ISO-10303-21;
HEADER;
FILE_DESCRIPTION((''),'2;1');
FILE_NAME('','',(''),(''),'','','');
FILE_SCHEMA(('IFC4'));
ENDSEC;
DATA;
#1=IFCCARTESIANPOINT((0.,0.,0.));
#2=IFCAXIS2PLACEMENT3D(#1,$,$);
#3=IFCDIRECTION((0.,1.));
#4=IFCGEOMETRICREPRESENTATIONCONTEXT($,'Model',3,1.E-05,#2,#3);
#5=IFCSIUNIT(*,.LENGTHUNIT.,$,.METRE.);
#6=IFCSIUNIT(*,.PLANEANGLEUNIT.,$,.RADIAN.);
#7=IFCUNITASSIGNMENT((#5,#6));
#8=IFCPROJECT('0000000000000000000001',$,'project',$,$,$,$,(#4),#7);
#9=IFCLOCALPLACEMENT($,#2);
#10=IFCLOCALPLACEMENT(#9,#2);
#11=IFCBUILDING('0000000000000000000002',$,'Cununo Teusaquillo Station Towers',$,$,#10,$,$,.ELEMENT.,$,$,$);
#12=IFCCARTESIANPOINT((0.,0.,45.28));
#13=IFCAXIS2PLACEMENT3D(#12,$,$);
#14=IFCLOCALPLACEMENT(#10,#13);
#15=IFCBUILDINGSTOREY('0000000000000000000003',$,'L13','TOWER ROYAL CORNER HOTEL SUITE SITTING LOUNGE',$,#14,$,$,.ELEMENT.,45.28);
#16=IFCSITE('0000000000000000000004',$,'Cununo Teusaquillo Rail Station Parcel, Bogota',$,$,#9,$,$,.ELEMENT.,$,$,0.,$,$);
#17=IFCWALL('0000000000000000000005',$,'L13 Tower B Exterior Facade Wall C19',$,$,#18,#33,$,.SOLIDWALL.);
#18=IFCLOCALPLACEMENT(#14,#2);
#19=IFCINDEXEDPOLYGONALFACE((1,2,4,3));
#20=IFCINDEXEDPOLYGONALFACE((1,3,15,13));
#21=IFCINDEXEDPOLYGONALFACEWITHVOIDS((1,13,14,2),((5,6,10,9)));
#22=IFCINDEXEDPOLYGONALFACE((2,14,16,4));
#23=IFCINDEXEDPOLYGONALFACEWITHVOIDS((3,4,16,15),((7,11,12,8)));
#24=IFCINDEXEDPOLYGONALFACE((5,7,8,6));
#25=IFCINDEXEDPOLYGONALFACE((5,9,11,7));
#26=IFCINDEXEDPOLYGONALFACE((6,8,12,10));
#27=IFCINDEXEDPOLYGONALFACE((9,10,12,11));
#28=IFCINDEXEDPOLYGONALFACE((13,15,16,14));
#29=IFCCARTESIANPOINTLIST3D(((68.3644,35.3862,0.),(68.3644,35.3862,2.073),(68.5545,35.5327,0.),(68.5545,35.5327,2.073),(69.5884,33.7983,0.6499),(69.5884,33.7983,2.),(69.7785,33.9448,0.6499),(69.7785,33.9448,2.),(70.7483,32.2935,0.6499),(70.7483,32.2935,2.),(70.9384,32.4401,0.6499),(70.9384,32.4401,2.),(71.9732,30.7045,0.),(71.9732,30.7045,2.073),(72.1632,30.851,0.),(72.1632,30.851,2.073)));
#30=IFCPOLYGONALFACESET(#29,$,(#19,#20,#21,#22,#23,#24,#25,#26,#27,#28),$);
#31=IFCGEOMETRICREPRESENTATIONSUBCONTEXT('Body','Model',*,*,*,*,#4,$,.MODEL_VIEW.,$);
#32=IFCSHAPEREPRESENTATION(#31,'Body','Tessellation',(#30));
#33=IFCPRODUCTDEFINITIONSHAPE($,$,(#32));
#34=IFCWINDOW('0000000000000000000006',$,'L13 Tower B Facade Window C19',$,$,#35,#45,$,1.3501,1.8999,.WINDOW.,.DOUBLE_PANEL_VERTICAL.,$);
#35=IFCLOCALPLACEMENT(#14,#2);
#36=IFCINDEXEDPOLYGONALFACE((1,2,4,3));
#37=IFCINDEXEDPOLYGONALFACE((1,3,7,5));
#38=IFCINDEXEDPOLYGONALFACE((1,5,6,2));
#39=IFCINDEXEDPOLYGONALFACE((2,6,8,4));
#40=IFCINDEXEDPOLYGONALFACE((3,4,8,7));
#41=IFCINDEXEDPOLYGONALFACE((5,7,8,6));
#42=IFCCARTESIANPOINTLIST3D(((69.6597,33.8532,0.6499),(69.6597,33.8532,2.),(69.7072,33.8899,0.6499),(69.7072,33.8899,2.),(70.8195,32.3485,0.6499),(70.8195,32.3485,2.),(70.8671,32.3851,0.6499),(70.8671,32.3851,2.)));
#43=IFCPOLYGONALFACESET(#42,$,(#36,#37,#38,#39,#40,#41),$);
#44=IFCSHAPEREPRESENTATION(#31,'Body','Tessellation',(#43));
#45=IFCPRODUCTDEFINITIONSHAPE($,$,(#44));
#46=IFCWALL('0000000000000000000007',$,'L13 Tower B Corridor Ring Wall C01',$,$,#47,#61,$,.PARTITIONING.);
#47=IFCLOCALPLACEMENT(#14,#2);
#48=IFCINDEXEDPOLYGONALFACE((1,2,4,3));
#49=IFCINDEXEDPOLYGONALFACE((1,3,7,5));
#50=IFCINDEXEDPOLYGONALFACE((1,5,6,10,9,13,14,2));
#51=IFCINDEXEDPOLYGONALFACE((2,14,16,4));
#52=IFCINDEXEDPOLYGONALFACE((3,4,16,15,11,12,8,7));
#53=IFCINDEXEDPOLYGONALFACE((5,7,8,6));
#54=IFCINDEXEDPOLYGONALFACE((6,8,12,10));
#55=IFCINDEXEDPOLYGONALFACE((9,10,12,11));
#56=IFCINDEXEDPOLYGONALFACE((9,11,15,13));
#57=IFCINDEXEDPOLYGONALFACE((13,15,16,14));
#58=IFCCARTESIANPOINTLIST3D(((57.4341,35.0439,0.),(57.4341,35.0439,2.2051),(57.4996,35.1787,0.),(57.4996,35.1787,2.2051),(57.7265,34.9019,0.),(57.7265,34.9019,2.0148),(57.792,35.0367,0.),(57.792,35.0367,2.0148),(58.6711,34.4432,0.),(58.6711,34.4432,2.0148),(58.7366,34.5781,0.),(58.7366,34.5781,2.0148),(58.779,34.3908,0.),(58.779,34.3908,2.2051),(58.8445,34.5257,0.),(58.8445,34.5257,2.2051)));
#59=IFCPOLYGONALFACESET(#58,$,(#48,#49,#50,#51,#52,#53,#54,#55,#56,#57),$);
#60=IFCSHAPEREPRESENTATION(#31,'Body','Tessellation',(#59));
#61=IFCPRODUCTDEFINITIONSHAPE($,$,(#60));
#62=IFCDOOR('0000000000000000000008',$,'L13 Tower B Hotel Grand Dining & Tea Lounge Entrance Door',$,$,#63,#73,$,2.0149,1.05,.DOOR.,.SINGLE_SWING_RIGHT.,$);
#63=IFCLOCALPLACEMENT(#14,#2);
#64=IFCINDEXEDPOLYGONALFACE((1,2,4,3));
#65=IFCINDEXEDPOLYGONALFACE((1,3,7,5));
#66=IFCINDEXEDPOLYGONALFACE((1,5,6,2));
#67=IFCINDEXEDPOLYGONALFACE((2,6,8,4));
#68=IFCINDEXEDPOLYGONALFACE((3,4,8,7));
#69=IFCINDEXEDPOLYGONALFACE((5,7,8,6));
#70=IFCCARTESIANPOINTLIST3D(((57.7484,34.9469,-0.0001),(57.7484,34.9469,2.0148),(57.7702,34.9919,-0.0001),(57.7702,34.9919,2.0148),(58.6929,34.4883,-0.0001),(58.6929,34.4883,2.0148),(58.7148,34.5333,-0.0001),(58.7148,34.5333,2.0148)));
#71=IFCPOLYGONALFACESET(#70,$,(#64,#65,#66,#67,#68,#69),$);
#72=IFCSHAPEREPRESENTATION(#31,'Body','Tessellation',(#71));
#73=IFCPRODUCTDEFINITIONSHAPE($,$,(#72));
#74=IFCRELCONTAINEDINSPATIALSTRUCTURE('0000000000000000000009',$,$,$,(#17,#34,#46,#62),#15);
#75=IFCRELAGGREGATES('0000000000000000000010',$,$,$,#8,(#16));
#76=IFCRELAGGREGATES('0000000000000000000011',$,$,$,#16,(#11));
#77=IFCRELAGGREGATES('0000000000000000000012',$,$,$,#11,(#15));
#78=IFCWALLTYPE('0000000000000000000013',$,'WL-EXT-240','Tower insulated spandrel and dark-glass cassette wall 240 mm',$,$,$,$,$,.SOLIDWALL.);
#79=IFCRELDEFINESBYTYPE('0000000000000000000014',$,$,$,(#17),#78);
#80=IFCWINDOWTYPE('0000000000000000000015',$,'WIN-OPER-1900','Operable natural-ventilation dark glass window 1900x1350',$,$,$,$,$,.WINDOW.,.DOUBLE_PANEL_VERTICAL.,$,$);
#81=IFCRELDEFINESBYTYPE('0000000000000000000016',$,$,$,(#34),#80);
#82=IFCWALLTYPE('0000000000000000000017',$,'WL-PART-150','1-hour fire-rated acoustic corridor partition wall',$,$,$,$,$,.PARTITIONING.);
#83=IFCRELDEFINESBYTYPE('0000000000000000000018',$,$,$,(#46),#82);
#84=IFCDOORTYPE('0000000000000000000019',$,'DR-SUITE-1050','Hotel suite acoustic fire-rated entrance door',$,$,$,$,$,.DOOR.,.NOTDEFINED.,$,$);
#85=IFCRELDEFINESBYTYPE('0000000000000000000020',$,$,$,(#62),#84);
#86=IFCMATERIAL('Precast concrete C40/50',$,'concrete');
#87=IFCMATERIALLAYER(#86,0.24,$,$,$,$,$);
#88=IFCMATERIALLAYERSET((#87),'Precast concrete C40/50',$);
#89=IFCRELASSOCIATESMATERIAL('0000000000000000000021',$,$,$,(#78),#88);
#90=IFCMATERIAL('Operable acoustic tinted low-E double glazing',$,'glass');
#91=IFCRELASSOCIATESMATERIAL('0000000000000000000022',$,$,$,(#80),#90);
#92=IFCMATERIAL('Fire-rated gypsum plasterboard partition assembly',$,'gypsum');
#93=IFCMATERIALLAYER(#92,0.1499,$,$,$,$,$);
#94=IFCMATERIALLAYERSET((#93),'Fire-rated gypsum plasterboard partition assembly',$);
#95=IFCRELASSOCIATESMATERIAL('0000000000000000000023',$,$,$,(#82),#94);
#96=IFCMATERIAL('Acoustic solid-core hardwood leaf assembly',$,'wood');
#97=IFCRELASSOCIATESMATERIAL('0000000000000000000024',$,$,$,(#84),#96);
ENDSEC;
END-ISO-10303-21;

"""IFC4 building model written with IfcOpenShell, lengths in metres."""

from ifc_helpers import new_model, si_unit, direction, frame, frame_2d, origin, place, context, subcontext, project, spatial, rectangle, extrude, source, transform, mapped, material, layer, layer_set, type_object, element, fill, save


model = new_model("IFC4")

# Units and contexts
model_context = context("Model", 3, precision=1e-05, world=origin(), true_north=direction((0.0, 1.0)))
body_context = subcontext(model_context, "Body", "Model", "MODEL_VIEW")
ifc_project = project(units=[si_unit("LENGTHUNIT", "METRE"), si_unit("PLANEANGLEUNIT", "RADIAN")], contexts=[model_context])

# Site, building, storey
site_placement = place(None, origin())
site = spatial("IfcSite", under=ifc_project, at=site_placement, Name="Cununo Teusaquillo Rail Station Parcel, Bogota", CompositionType="ELEMENT", RefElevation=0.0)
building_placement = place(site_placement, origin())
building = spatial("IfcBuilding", under=site, at=building_placement, Name="Cununo Teusaquillo Station Towers", CompositionType="ELEMENT")
storey_placement = place(building_placement, frame((0.0, 0.0, 45.28)))
storey = spatial("IfcBuildingStorey", under=building, at=storey_placement, Name="L13", Description="TOWER ROYAL CORNER HOTEL SUITE SITTING LOUNGE", CompositionType="ELEMENT", Elevation=45.28)

# Shared definitions
ifc_material_1 = material(Name="Precast concrete C40/50", Category="concrete")
ifc_layer_1 = layer(ifc_material_1, 0.24)
ifc_layer_set_1 = layer_set([ifc_layer_1], Name="Precast concrete C40/50")
wall_type_1 = type_object("IfcWallType", Name="WL-EXT-240", Description="Tower insulated spandrel and dark-glass cassette wall 240 mm", PredefinedType="SOLIDWALL", material=ifc_layer_set_1)

# Wall, opening, window
wall_1_placement = place(storey_placement, frame((68.4595, 35.4595, 0.0), z_axis=(0.0, 0.0, 1.0), x_axis=(0.610495, -0.79202, 0.0)))
wall_1 = element("IfcWall", 1, at=wall_1_placement, inside=storey, type_object=wall_type_1, Name="L13 Tower B Exterior Facade Wall C19", PredefinedType="SOLIDWALL", context=body_context, shape_type="SweptSolid", body=[
    extrude(rectangle(XDim=5.9111, YDim=0.24, at=frame_2d((2.9556, 0.0))), origin(), (0.0, 0.0, 1.0), 2.073),
])
shared_shape_1 = source(origin(), body_context, "Body", "SweptSolid", [
    extrude(rectangle(XDim=1.8999, YDim=1.3501, at=frame_2d((0.95, 0.675))), frame((0.0, 0.1299, 0.0), z_axis=(0.0, -1.0, 0.0), x_axis=(1.0, 0.0, 0.0)), (0.0, 0.0, 1.0), 0.26),
])
opening_1_placement = place(wall_1_placement, frame((2.0049, 0.0, 0.6499)))
opening_1 = element("IfcOpeningElement", 2, at=opening_1_placement, cuts=wall_1, PredefinedType="OPENING", context=body_context, shape_type="MappedRepresentation", body=[
    mapped(shared_shape_1, transform((0.0, 0.0, 0.0), x_axis=(1.0, 0.0, 0.0), y_axis=(0.0, 1.0, 0.0), z_axis=(0.0, 0.0, 1.0), scale=1.0)),
])
ifc_material_2 = material(Name="Operable acoustic tinted low-E double glazing", Category="glass")
window_type = type_object("IfcWindowType", Name="WIN-OPER-1900", Description="Operable natural-ventilation dark glass window 1900x1350", PartitioningType="DOUBLE_PANEL_VERTICAL", PredefinedType="WINDOW", material=ifc_material_2)
shared_shape_2 = source(origin(), body_context, "Body", "SweptSolid", [
    extrude(rectangle(XDim=1.8999, YDim=1.3501, at=frame_2d((0.95, 0.675))), frame((0.0, 0.03, 0.0), z_axis=(0.0, -1.0, 0.0), x_axis=(1.0, 0.0, 0.0)), (0.0, 0.0, 1.0), 0.0601),
])
window_placement = place(opening_1_placement, origin())
window = element("IfcWindow", 3, at=window_placement, inside=storey, type_object=window_type, Name="L13 Tower B Facade Window C19", OverallHeight=1.3501, OverallWidth=1.8999, PartitioningType="DOUBLE_PANEL_VERTICAL", PredefinedType="WINDOW", context=body_context, shape_type="MappedRepresentation", body=[
    mapped(shared_shape_2, transform((0.0, 0.0, 0.0), x_axis=(1.0, 0.0, 0.0), y_axis=(0.0, 1.0, 0.0), z_axis=(0.0, 0.0, 1.0), scale=1.0)),
])
fill(opening_1, window)

# Wall, opening, door
ifc_material_3 = material(Name="Fire-rated gypsum plasterboard partition assembly", Category="gypsum")
ifc_layer_2 = layer(ifc_material_3, 0.1499)
ifc_layer_set_2 = layer_set([ifc_layer_2], Name="Fire-rated gypsum plasterboard partition assembly")
wall_type_2 = type_object("IfcWallType", Name="WL-PART-150", Description="1-hour fire-rated acoustic corridor partition wall", PredefinedType="PARTITIONING", material=ifc_layer_set_2)
wall_2_placement = place(storey_placement, frame((58.8118, 34.4583, 0.0), z_axis=(0.0, 0.0, 1.0), x_axis=(-0.899559, 0.436798, 0.0)))
wall_2 = element("IfcWall", 4, at=wall_2_placement, inside=storey, type_object=wall_type_2, Name="L13 Tower B Corridor Ring Wall C01", PredefinedType="PARTITIONING", context=body_context, shape_type="SweptSolid", body=[
    extrude(rectangle(XDim=1.4951, YDim=0.1499, at=frame_2d((0.7476, 0.0))), origin(), (0.0, 0.0, 1.0), 2.2051),
])
shared_shape_3 = source(origin(), body_context, "Body", "SweptSolid", [
    extrude(rectangle(XDim=1.05, YDim=2.0149, at=frame_2d((0.5249, 1.0073))), frame((0.0, 0.085, 0.0), z_axis=(0.0, -1.0, 0.0), x_axis=(1.0, 0.0, 0.0)), (0.0, 0.0, 1.0), 0.1699),
])
opening_2_placement = place(wall_2_placement, frame((0.1201, 0.0, 0.0)))
opening_2 = element("IfcOpeningElement", 5, at=opening_2_placement, cuts=wall_2, PredefinedType="OPENING", context=body_context, shape_type="MappedRepresentation", body=[
    mapped(shared_shape_3, transform((0.0, 0.0, 0.0), x_axis=(1.0, 0.0, 0.0), y_axis=(0.0, 1.0, 0.0), z_axis=(0.0, 0.0, 1.0), scale=1.0)),
])
ifc_material_4 = material(Name="Acoustic solid-core hardwood leaf assembly", Category="wood")
door_type = type_object("IfcDoorType", Name="DR-SUITE-1050", Description="Hotel suite acoustic fire-rated entrance door", OperationType="NOTDEFINED", PredefinedType="DOOR", material=ifc_material_4)
shared_shape_4 = source(origin(), body_context, "Body", "SweptSolid", [
    extrude(rectangle(XDim=1.05, YDim=2.0149, at=frame_2d((0.5249, 1.0073))), frame((0.0, 0.0249, 0.0), z_axis=(0.0, -1.0, 0.0), x_axis=(1.0, 0.0, 0.0)), (0.0, 0.0, 1.0), 0.05),
])
door_placement = place(opening_2_placement, origin())
door = element("IfcDoor", 6, at=door_placement, inside=storey, type_object=door_type, Name="L13 Tower B Hotel Grand Dining & Tea Lounge Entrance Door", OperationType="SINGLE_SWING_RIGHT", OverallHeight=2.0149, OverallWidth=1.05, PredefinedType="DOOR", context=body_context, shape_type="MappedRepresentation", body=[
    mapped(shared_shape_4, transform((0.0, 0.0, 0.0), x_axis=(1.0, 0.0, 0.0), y_axis=(0.0, 1.0, 0.0), z_axis=(0.0, 0.0, 1.0), scale=1.0)),
])
fill(opening_2, door)

save(model, "model.ifc")
